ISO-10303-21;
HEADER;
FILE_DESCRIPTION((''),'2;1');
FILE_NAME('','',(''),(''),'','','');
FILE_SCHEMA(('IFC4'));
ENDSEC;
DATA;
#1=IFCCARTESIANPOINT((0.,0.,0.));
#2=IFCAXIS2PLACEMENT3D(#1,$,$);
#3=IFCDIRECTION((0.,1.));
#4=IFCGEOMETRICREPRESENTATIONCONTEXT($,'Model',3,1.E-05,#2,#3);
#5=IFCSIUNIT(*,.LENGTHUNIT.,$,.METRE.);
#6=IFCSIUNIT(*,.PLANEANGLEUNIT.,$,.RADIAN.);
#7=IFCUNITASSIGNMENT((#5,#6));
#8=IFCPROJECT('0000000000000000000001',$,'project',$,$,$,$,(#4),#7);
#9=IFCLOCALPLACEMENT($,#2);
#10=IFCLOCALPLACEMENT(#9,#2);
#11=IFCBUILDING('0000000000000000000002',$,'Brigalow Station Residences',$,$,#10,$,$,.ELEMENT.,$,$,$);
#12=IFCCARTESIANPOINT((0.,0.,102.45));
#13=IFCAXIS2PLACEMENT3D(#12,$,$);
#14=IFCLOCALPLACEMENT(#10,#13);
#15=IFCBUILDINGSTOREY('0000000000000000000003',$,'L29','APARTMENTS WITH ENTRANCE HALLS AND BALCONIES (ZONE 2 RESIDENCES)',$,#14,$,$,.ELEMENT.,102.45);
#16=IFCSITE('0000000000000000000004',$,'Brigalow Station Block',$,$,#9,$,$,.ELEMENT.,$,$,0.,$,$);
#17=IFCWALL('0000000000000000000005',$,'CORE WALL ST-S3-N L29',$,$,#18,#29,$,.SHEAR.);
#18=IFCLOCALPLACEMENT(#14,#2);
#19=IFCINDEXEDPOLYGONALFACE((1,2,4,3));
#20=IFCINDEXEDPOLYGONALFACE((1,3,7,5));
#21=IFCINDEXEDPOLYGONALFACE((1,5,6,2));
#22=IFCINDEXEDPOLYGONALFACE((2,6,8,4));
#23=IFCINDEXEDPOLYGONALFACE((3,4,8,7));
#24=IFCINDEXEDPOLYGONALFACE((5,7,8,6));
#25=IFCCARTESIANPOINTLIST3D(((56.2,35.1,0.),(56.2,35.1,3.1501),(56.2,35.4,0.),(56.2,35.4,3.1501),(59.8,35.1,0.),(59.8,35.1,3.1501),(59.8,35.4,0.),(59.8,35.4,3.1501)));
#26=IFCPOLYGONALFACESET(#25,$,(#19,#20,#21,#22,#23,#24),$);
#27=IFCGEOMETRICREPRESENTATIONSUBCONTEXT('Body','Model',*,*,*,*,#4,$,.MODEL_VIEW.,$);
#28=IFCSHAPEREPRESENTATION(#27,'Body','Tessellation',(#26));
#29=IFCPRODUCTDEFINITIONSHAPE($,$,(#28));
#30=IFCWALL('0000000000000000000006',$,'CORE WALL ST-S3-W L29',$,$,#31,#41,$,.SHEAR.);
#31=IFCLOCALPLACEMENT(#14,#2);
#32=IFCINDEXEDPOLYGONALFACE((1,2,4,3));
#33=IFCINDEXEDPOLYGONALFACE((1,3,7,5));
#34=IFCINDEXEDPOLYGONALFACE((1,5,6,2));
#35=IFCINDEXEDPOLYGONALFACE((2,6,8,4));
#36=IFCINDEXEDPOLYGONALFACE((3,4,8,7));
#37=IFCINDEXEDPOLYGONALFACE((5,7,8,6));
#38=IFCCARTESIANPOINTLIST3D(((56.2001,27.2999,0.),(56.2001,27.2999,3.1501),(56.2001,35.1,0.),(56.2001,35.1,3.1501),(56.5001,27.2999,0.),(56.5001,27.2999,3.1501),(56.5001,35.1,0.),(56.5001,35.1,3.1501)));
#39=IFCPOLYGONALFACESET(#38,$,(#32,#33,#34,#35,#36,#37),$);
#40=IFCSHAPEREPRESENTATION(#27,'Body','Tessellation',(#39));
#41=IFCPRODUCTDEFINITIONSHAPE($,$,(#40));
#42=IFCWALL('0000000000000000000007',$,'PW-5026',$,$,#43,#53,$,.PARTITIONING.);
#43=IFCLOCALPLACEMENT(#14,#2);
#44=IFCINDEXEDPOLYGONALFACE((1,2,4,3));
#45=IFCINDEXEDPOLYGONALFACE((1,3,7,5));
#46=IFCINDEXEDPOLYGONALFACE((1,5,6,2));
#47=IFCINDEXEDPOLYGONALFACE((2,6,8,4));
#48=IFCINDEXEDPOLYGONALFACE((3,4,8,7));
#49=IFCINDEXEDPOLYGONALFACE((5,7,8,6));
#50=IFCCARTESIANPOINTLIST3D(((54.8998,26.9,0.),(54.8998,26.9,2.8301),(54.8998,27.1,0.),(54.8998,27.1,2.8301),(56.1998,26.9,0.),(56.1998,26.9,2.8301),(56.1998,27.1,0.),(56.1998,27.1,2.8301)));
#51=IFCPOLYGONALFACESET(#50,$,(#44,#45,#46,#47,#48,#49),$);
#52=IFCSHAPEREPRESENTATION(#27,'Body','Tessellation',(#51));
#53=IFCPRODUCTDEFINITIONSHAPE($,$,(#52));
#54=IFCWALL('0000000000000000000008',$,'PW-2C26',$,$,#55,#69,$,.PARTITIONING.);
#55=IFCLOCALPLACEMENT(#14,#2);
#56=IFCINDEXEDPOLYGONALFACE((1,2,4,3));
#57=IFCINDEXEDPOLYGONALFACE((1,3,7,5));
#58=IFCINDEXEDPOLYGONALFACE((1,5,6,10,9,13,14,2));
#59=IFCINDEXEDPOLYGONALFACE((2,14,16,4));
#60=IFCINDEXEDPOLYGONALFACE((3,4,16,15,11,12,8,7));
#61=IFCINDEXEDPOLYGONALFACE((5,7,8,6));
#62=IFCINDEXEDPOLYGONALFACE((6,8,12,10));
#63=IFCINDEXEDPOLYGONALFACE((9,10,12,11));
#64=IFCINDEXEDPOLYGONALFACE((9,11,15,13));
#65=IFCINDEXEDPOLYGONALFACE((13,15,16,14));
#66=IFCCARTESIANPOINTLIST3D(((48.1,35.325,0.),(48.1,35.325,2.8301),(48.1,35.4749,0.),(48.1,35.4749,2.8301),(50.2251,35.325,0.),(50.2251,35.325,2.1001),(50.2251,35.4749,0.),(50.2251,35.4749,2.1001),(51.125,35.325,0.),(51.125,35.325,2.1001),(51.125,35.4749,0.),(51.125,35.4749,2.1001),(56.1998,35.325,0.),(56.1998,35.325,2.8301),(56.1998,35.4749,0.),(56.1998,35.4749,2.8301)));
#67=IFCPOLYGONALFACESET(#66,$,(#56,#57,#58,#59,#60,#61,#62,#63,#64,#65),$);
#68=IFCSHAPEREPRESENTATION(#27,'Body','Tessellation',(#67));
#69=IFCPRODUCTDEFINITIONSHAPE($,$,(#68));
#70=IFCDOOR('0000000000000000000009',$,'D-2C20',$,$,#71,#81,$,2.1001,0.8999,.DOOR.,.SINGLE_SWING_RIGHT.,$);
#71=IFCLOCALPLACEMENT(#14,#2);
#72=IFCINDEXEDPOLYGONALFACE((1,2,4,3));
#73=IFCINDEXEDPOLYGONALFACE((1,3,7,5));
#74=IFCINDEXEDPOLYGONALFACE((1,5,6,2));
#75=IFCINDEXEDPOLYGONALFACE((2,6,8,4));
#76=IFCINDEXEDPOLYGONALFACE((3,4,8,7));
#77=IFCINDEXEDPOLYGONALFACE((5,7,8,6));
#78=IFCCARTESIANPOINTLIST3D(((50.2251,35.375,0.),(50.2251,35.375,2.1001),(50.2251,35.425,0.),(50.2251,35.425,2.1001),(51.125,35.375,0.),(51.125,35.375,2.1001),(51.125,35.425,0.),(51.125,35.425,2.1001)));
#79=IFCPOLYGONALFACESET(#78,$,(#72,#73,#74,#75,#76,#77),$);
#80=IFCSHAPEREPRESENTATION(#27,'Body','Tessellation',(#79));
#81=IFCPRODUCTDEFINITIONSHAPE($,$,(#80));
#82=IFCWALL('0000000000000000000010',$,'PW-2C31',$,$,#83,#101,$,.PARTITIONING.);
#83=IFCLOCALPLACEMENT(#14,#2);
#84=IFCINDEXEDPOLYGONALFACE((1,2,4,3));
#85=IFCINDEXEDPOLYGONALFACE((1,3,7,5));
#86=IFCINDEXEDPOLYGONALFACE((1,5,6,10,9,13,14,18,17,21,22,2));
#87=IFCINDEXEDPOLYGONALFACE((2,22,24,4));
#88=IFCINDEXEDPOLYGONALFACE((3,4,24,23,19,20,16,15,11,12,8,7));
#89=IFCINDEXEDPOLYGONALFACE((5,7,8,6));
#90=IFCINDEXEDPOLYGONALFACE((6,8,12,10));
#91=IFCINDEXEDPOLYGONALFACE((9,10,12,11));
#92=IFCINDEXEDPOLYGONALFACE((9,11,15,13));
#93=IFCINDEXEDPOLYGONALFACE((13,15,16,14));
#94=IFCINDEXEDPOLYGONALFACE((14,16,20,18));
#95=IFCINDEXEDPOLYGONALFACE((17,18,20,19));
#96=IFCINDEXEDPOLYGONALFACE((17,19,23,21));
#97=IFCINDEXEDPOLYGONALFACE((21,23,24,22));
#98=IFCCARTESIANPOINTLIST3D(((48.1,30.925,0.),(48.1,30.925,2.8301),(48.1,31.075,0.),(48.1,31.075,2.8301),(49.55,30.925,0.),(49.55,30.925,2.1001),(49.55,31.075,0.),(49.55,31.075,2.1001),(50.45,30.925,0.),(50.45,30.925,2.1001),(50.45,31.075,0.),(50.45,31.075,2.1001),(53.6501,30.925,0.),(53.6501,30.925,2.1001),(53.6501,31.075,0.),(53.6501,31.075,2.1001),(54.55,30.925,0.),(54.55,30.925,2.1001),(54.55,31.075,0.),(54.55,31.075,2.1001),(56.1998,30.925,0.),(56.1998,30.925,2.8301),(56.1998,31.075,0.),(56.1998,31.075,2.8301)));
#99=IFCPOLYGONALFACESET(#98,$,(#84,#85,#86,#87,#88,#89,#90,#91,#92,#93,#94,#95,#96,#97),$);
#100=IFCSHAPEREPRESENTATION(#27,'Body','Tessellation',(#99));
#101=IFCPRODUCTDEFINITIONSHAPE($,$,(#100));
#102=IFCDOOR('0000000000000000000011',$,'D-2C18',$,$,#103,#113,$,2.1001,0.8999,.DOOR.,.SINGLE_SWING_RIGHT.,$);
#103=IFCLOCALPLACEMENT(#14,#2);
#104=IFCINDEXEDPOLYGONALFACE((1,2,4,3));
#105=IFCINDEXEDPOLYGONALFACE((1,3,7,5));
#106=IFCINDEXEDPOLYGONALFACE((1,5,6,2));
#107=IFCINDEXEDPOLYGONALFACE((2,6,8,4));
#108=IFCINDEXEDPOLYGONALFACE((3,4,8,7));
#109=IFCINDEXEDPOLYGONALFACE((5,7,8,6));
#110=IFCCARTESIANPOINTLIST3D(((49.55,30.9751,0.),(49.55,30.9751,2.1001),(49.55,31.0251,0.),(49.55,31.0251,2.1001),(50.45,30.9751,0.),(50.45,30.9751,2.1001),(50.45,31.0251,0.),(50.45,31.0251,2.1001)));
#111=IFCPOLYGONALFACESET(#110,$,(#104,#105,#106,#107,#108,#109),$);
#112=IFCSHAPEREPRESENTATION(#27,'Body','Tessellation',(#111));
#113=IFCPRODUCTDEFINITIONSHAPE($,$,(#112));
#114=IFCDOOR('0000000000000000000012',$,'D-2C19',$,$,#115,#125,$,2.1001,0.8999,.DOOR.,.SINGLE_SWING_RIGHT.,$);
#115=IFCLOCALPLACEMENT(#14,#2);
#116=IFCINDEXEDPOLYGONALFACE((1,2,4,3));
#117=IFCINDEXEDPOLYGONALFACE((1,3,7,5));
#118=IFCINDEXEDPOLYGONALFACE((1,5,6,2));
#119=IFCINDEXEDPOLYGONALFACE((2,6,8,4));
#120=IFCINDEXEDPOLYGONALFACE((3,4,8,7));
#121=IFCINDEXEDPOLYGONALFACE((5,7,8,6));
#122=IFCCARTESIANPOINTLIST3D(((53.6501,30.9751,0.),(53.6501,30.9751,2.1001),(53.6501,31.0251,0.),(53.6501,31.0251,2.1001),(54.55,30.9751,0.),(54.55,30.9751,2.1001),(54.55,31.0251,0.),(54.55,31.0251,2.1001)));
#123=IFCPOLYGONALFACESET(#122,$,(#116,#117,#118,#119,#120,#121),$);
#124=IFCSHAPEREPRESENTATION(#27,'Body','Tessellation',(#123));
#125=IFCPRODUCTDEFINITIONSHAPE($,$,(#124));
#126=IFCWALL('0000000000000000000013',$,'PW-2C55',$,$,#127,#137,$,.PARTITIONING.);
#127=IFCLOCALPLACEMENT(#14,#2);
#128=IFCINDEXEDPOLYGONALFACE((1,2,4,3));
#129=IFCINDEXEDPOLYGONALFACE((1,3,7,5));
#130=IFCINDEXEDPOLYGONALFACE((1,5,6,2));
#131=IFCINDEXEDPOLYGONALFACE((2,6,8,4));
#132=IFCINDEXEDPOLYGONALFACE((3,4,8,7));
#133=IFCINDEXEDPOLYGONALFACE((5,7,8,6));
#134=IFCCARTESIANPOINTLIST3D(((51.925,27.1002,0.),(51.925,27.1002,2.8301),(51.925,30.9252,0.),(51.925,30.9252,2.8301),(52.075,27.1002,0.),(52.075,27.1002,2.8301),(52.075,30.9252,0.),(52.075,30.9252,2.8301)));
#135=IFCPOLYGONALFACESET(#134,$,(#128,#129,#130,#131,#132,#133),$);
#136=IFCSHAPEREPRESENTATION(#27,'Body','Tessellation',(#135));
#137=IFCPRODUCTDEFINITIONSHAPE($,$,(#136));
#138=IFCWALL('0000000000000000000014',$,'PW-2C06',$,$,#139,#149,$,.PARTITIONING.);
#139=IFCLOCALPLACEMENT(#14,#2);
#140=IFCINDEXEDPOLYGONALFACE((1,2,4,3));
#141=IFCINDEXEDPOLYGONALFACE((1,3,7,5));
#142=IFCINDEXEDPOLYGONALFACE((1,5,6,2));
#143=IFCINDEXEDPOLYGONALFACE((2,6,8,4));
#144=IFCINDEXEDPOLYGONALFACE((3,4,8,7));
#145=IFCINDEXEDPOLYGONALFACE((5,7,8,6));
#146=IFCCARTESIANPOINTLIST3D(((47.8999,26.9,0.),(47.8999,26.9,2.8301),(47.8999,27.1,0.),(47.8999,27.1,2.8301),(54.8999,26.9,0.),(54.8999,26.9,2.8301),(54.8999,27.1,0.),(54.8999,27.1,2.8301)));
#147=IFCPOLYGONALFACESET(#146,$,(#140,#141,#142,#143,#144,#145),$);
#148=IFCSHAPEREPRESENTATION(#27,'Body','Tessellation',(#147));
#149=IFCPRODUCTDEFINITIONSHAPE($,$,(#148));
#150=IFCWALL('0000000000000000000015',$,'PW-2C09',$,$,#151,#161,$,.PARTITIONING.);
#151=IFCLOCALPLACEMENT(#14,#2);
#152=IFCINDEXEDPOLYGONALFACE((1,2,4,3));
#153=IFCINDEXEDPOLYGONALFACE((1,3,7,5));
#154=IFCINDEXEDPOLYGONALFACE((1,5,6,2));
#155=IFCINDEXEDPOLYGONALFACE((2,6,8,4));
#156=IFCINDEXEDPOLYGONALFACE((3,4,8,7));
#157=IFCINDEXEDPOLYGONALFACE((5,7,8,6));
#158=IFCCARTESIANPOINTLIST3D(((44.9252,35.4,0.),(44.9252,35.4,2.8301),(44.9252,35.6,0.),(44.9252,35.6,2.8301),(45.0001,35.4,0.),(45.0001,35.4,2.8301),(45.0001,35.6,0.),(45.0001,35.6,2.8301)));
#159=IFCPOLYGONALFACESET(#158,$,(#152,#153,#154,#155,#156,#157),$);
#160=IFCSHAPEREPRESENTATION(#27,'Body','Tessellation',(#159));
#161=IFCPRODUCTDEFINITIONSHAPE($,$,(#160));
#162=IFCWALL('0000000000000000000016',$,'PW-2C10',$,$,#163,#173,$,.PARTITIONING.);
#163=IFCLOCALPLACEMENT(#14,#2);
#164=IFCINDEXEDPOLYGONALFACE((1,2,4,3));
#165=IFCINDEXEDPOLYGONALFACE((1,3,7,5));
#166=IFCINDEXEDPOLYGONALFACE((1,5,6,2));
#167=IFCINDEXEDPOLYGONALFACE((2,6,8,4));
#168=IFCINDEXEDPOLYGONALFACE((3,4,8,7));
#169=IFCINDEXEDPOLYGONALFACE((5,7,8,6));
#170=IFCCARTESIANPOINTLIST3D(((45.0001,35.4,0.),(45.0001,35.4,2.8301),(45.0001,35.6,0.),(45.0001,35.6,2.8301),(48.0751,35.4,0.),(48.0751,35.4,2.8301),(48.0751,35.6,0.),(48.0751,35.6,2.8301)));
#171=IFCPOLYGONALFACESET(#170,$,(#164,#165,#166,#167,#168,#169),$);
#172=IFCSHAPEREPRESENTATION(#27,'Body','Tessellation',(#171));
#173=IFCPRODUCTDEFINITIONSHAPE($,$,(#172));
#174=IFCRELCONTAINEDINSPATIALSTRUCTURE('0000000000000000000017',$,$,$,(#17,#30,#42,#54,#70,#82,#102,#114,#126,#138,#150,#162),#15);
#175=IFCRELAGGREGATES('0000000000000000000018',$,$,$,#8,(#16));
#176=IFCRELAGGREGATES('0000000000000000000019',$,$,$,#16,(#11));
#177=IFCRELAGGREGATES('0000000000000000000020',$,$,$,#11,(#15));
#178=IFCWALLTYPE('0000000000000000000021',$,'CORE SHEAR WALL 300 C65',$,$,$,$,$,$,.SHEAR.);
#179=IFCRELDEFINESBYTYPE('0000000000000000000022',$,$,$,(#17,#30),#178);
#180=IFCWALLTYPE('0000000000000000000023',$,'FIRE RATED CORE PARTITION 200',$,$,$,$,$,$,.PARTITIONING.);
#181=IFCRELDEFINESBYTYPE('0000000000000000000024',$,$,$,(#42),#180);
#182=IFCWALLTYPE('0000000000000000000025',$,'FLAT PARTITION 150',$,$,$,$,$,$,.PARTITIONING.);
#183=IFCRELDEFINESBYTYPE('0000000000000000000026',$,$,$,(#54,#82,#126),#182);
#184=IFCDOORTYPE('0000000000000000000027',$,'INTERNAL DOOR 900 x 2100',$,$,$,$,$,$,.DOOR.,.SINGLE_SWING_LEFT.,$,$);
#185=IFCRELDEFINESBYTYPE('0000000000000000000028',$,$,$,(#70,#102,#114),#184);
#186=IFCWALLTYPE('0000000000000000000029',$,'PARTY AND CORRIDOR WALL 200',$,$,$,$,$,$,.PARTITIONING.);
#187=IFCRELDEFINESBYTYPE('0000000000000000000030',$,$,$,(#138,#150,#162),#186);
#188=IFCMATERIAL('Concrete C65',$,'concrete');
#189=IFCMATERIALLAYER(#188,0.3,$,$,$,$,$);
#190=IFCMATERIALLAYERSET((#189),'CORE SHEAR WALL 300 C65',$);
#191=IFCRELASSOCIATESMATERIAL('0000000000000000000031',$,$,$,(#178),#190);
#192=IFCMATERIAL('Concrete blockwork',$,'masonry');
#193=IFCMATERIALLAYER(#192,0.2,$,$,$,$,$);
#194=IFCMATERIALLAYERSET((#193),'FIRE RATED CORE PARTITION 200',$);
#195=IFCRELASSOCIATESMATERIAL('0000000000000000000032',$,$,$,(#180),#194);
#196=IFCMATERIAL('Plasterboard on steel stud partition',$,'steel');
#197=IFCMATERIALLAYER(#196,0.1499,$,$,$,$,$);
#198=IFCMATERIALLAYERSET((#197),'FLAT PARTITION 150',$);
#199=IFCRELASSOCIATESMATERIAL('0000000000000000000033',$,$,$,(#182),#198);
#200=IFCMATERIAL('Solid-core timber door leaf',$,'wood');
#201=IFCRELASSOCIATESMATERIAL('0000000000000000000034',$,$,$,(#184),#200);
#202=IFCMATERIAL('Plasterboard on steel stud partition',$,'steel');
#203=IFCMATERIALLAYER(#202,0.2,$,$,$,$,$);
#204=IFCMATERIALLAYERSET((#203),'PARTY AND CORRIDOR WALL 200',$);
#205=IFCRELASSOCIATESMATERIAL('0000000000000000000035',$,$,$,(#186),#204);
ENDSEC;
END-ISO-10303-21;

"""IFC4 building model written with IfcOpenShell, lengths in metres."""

from ifc_helpers import new_model, si_unit, direction, frame, frame_2d, origin, place, context, subcontext, project, spatial, rectangle, extrude, material, layer, layer_set, type_object, element, fill, save


model = new_model("IFC4")

# Units and contexts
model_context = context("Model", 3, precision=1e-05, world=origin(), true_north=direction((0.0, 1.0)))
body_context = subcontext(model_context, "Body", "Model", "MODEL_VIEW")
ifc_project = project(units=[si_unit("LENGTHUNIT", "METRE"), si_unit("PLANEANGLEUNIT", "RADIAN")], contexts=[model_context])

# Site, building, storey
site_placement = place(None, origin())
site = spatial("IfcSite", under=ifc_project, at=site_placement, Name="Brigalow Station Block", CompositionType="ELEMENT", RefElevation=0.0)
building_placement = place(site_placement, origin())
building = spatial("IfcBuilding", under=site, at=building_placement, Name="Brigalow Station Residences", CompositionType="ELEMENT")
storey_placement = place(building_placement, frame((0.0, 0.0, 102.45)))
storey = spatial("IfcBuildingStorey", under=building, at=storey_placement, Name="L29", Description="APARTMENTS WITH ENTRANCE HALLS AND BALCONIES (ZONE 2 RESIDENCES)", CompositionType="ELEMENT", Elevation=102.45)

# Shared definitions
ifc_material_1 = material(Name="Concrete C65", Category="concrete")
ifc_layer_1 = layer(ifc_material_1, 0.3)
ifc_layer_set_1 = layer_set([ifc_layer_1], Name="CORE SHEAR WALL 300 C65")
wall_type_1 = type_object("IfcWallType", Name="CORE SHEAR WALL 300 C65", PredefinedType="SHEAR", material=ifc_layer_set_1)

# Walls
wall_1_placement = place(storey_placement, frame((56.2, 35.25, 0.0), z_axis=(0.0, 0.0, 1.0), x_axis=(1.0, 0.0, 0.0)))
element("IfcWall", 1, at=wall_1_placement, inside=storey, type_object=wall_type_1, Name="CORE WALL ST-S3-N L29", PredefinedType="SHEAR", context=body_context, shape_type="SweptSolid", body=[
    extrude(rectangle(XDim=3.6001, YDim=0.3, at=frame_2d((1.8, 0.0))), origin(), (0.0, 0.0, 1.0), 3.1501),
])
wall_2_placement = place(storey_placement, frame((56.3501, 27.3, 0.0), z_axis=(0.0, 0.0, 1.0), x_axis=(0.0, 1.0, 0.0)))
element("IfcWall", 2, at=wall_2_placement, inside=storey, type_object=wall_type_1, Name="CORE WALL ST-S3-W L29", PredefinedType="SHEAR", context=body_context, shape_type="SweptSolid", body=[
    extrude(rectangle(XDim=7.8, YDim=0.3, at=frame_2d((3.8999, 0.0))), origin(), (0.0, 0.0, 1.0), 3.1501),
])
ifc_material_2 = material(Name="Concrete blockwork", Category="masonry")
ifc_layer_2 = layer(ifc_material_2, 0.2)
ifc_layer_set_2 = layer_set([ifc_layer_2], Name="FIRE RATED CORE PARTITION 200")
wall_type_2 = type_object("IfcWallType", Name="FIRE RATED CORE PARTITION 200", PredefinedType="PARTITIONING", material=ifc_layer_set_2)
wall_3_placement = place(storey_placement, frame((54.8999, 27.0, 0.0), z_axis=(0.0, 0.0, 1.0), x_axis=(1.0, 0.0, 0.0)))
element("IfcWall", 3, at=wall_3_placement, inside=storey, type_object=wall_type_2, Name="PW-5026", PredefinedType="PARTITIONING", context=body_context, shape_type="SweptSolid", body=[
    extrude(rectangle(XDim=1.3, YDim=0.2, at=frame_2d((0.6499, 0.0))), origin(), (0.0, 0.0, 1.0), 2.8301),
])

# Wall, opening, door
ifc_material_3 = material(Name="Plasterboard on steel stud partition", Category="steel")
ifc_layer_3 = layer(ifc_material_3, 0.1499)
ifc_layer_set_3 = layer_set([ifc_layer_3], Name="FLAT PARTITION 150")
wall_type_3 = type_object("IfcWallType", Name="FLAT PARTITION 150", PredefinedType="PARTITIONING", material=ifc_layer_set_3)
wall_4_placement = place(storey_placement, frame((48.1001, 35.3999, 0.0), z_axis=(0.0, 0.0, 1.0), x_axis=(1.0, 0.0, 0.0)))
wall_4 = element("IfcWall", 4, at=wall_4_placement, inside=storey, type_object=wall_type_3, Name="PW-2C26", PredefinedType="PARTITIONING", context=body_context, shape_type="SweptSolid", body=[
    extrude(rectangle(XDim=8.0999, YDim=0.1499, at=frame_2d((4.0498, 0.0))), origin(), (0.0, 0.0, 1.0), 2.8301),
])
opening_1_placement = place(wall_4_placement, frame((2.125, 0.0, 0.0)))
opening_1 = element("IfcOpeningElement", 5, at=opening_1_placement, cuts=wall_4, PredefinedType="OPENING", context=body_context, shape_type="SweptSolid", body=[
    extrude(rectangle(XDim=0.8999, YDim=2.1001, at=frame_2d((0.45, 1.05))), frame((0.0, 0.085, 0.0), z_axis=(0.0, -1.0, 0.0), x_axis=(1.0, 0.0, 0.0)), (0.0, 0.0, 1.0), 0.1699),
])
ifc_material_4 = material(Name="Solid-core timber door leaf", Category="wood")
door_type_1 = type_object("IfcDoorType", Name="INTERNAL DOOR 900 x 2100", OperationType="SINGLE_SWING_LEFT", PredefinedType="DOOR", material=ifc_material_4)
door_1_placement = place(opening_1_placement, frame((0.8999, 0.0, 0.0), z_axis=(0.0, 0.0, 1.0), x_axis=(-1.0, 0.0, 0.0)))
door_1 = element("IfcDoor", 6, at=door_1_placement, inside=storey, type_object=door_type_1, Name="D-2C20", OperationType="SINGLE_SWING_RIGHT", OverallHeight=2.1001, OverallWidth=0.8999, PredefinedType="DOOR", context=body_context, shape_type="SweptSolid", body=[
    extrude(rectangle(XDim=0.8999, YDim=2.1001, at=frame_2d((0.45, 1.05))), frame((0.0, 0.0249, 0.0), z_axis=(0.0, -1.0, 0.0), x_axis=(1.0, 0.0, 0.0)), (0.0, 0.0, 1.0), 0.05),
])
fill(opening_1, door_1)

# Wall, openings, doors
wall_5_placement = place(storey_placement, frame((48.1001, 31.0, 0.0), z_axis=(0.0, 0.0, 1.0), x_axis=(1.0, 0.0, 0.0)))
wall_5 = element("IfcWall", 7, at=wall_5_placement, inside=storey, type_object=wall_type_3, Name="PW-2C31", PredefinedType="PARTITIONING", context=body_context, shape_type="SweptSolid", body=[
    extrude(rectangle(XDim=8.0999, YDim=0.1499, at=frame_2d((4.0498, 0.0))), origin(), (0.0, 0.0, 1.0), 2.8301),
])
opening_2_placement = place(wall_5_placement, frame((1.45, 0.0, 0.0)))
opening_2 = element("IfcOpeningElement", 8, at=opening_2_placement, cuts=wall_5, PredefinedType="OPENING", context=body_context, shape_type="SweptSolid", body=[
    extrude(rectangle(XDim=0.8999, YDim=2.1001, at=frame_2d((0.45, 1.05))), frame((0.0, 0.085, 0.0), z_axis=(0.0, -1.0, 0.0), x_axis=(1.0, 0.0, 0.0)), (0.0, 0.0, 1.0), 0.1699),
])
opening_3_placement = place(wall_5_placement, frame((5.55, 0.0, 0.0)))
opening_3 = element("IfcOpeningElement", 9, at=opening_3_placement, cuts=wall_5, PredefinedType="OPENING", context=body_context, shape_type="SweptSolid", body=[
    extrude(rectangle(XDim=0.8999, YDim=2.1001, at=frame_2d((0.45, 1.05))), frame((0.0, 0.085, 0.0), z_axis=(0.0, -1.0, 0.0), x_axis=(1.0, 0.0, 0.0)), (0.0, 0.0, 1.0), 0.1699),
])
door_2_placement = place(opening_2_placement, frame((0.8999, 0.0, 0.0), z_axis=(0.0, 0.0, 1.0), x_axis=(-1.0, 0.0, 0.0)))
door_2 = element("IfcDoor", 10, at=door_2_placement, inside=storey, type_object=door_type_1, Name="D-2C18", OperationType="SINGLE_SWING_RIGHT", OverallHeight=2.1001, OverallWidth=0.8999, PredefinedType="DOOR", context=body_context, shape_type="SweptSolid", body=[
    extrude(rectangle(XDim=0.8999, YDim=2.1001, at=frame_2d((0.45, 1.05))), frame((0.0, 0.0249, 0.0), z_axis=(0.0, -1.0, 0.0), x_axis=(1.0, 0.0, 0.0)), (0.0, 0.0, 1.0), 0.05),
])
fill(opening_2, door_2)
door_3_placement = place(opening_3_placement, frame((0.8999, 0.0, 0.0), z_axis=(0.0, 0.0, 1.0), x_axis=(-1.0, 0.0, 0.0)))
door_3 = element("IfcDoor", 11, at=door_3_placement, inside=storey, type_object=door_type_1, Name="D-2C19", OperationType="SINGLE_SWING_RIGHT", OverallHeight=2.1001, OverallWidth=0.8999, PredefinedType="DOOR", context=body_context, shape_type="SweptSolid", body=[
    extrude(rectangle(XDim=0.8999, YDim=2.1001, at=frame_2d((0.45, 1.05))), frame((0.0, 0.0249, 0.0), z_axis=(0.0, -1.0, 0.0), x_axis=(1.0, 0.0, 0.0)), (0.0, 0.0, 1.0), 0.05),
])
fill(opening_3, door_3)

# Walls
wall_6_placement = place(storey_placement, frame((52.0, 27.1001, 0.0), z_axis=(0.0, 0.0, 1.0), x_axis=(0.0, 1.0, 0.0)))
element("IfcWall", 12, at=wall_6_placement, inside=storey, type_object=wall_type_3, Name="PW-2C55", PredefinedType="PARTITIONING", context=body_context, shape_type="SweptSolid", body=[
    extrude(rectangle(XDim=3.825, YDim=0.1499, at=frame_2d((1.9126, 0.0))), origin(), (0.0, 0.0, 1.0), 2.8301),
])
ifc_material_5 = material(Name="Plasterboard on steel stud partition", Category="steel")
ifc_layer_4 = layer(ifc_material_5, 0.2)
ifc_layer_set_4 = layer_set([ifc_layer_4], Name="PARTY AND CORRIDOR WALL 200")
wall_type_4 = type_object("IfcWallType", Name="PARTY AND CORRIDOR WALL 200", PredefinedType="PARTITIONING", material=ifc_layer_set_4)
wall_7_placement = place(storey_placement, frame((47.8999, 27.0, 0.0), z_axis=(0.0, 0.0, 1.0), x_axis=(1.0, 0.0, 0.0)))
element("IfcWall", 13, at=wall_7_placement, inside=storey, type_object=wall_type_4, Name="PW-2C06", PredefinedType="PARTITIONING", context=body_context, shape_type="SweptSolid", body=[
    extrude(rectangle(XDim=7.0, YDim=0.2, at=frame_2d((3.5, 0.0))), origin(), (0.0, 0.0, 1.0), 2.8301),
])
wall_8_placement = place(storey_placement, frame((44.925, 35.5, 0.0), z_axis=(0.0, 0.0, 1.0), x_axis=(1.0, 0.0, 0.0)))
element("IfcWall", 14, at=wall_8_placement, inside=storey, type_object=wall_type_4, Name="PW-2C09", PredefinedType="PARTITIONING", context=body_context, shape_type="SweptSolid", body=[
    extrude(rectangle(XDim=0.075, YDim=0.2, at=frame_2d((0.0376, 0.0))), origin(), (0.0, 0.0, 1.0), 2.8301),
])
wall_9_placement = place(storey_placement, frame((45.0, 35.5, 0.0), z_axis=(0.0, 0.0, 1.0), x_axis=(1.0, 0.0, 0.0)))
element("IfcWall", 15, at=wall_9_placement, inside=storey, type_object=wall_type_4, Name="PW-2C10", PredefinedType="PARTITIONING", context=body_context, shape_type="SweptSolid", body=[
    extrude(rectangle(XDim=3.075, YDim=0.2, at=frame_2d((1.5376, 0.0))), origin(), (0.0, 0.0, 1.0), 2.8301),
])

save(model, "model.ifc")
